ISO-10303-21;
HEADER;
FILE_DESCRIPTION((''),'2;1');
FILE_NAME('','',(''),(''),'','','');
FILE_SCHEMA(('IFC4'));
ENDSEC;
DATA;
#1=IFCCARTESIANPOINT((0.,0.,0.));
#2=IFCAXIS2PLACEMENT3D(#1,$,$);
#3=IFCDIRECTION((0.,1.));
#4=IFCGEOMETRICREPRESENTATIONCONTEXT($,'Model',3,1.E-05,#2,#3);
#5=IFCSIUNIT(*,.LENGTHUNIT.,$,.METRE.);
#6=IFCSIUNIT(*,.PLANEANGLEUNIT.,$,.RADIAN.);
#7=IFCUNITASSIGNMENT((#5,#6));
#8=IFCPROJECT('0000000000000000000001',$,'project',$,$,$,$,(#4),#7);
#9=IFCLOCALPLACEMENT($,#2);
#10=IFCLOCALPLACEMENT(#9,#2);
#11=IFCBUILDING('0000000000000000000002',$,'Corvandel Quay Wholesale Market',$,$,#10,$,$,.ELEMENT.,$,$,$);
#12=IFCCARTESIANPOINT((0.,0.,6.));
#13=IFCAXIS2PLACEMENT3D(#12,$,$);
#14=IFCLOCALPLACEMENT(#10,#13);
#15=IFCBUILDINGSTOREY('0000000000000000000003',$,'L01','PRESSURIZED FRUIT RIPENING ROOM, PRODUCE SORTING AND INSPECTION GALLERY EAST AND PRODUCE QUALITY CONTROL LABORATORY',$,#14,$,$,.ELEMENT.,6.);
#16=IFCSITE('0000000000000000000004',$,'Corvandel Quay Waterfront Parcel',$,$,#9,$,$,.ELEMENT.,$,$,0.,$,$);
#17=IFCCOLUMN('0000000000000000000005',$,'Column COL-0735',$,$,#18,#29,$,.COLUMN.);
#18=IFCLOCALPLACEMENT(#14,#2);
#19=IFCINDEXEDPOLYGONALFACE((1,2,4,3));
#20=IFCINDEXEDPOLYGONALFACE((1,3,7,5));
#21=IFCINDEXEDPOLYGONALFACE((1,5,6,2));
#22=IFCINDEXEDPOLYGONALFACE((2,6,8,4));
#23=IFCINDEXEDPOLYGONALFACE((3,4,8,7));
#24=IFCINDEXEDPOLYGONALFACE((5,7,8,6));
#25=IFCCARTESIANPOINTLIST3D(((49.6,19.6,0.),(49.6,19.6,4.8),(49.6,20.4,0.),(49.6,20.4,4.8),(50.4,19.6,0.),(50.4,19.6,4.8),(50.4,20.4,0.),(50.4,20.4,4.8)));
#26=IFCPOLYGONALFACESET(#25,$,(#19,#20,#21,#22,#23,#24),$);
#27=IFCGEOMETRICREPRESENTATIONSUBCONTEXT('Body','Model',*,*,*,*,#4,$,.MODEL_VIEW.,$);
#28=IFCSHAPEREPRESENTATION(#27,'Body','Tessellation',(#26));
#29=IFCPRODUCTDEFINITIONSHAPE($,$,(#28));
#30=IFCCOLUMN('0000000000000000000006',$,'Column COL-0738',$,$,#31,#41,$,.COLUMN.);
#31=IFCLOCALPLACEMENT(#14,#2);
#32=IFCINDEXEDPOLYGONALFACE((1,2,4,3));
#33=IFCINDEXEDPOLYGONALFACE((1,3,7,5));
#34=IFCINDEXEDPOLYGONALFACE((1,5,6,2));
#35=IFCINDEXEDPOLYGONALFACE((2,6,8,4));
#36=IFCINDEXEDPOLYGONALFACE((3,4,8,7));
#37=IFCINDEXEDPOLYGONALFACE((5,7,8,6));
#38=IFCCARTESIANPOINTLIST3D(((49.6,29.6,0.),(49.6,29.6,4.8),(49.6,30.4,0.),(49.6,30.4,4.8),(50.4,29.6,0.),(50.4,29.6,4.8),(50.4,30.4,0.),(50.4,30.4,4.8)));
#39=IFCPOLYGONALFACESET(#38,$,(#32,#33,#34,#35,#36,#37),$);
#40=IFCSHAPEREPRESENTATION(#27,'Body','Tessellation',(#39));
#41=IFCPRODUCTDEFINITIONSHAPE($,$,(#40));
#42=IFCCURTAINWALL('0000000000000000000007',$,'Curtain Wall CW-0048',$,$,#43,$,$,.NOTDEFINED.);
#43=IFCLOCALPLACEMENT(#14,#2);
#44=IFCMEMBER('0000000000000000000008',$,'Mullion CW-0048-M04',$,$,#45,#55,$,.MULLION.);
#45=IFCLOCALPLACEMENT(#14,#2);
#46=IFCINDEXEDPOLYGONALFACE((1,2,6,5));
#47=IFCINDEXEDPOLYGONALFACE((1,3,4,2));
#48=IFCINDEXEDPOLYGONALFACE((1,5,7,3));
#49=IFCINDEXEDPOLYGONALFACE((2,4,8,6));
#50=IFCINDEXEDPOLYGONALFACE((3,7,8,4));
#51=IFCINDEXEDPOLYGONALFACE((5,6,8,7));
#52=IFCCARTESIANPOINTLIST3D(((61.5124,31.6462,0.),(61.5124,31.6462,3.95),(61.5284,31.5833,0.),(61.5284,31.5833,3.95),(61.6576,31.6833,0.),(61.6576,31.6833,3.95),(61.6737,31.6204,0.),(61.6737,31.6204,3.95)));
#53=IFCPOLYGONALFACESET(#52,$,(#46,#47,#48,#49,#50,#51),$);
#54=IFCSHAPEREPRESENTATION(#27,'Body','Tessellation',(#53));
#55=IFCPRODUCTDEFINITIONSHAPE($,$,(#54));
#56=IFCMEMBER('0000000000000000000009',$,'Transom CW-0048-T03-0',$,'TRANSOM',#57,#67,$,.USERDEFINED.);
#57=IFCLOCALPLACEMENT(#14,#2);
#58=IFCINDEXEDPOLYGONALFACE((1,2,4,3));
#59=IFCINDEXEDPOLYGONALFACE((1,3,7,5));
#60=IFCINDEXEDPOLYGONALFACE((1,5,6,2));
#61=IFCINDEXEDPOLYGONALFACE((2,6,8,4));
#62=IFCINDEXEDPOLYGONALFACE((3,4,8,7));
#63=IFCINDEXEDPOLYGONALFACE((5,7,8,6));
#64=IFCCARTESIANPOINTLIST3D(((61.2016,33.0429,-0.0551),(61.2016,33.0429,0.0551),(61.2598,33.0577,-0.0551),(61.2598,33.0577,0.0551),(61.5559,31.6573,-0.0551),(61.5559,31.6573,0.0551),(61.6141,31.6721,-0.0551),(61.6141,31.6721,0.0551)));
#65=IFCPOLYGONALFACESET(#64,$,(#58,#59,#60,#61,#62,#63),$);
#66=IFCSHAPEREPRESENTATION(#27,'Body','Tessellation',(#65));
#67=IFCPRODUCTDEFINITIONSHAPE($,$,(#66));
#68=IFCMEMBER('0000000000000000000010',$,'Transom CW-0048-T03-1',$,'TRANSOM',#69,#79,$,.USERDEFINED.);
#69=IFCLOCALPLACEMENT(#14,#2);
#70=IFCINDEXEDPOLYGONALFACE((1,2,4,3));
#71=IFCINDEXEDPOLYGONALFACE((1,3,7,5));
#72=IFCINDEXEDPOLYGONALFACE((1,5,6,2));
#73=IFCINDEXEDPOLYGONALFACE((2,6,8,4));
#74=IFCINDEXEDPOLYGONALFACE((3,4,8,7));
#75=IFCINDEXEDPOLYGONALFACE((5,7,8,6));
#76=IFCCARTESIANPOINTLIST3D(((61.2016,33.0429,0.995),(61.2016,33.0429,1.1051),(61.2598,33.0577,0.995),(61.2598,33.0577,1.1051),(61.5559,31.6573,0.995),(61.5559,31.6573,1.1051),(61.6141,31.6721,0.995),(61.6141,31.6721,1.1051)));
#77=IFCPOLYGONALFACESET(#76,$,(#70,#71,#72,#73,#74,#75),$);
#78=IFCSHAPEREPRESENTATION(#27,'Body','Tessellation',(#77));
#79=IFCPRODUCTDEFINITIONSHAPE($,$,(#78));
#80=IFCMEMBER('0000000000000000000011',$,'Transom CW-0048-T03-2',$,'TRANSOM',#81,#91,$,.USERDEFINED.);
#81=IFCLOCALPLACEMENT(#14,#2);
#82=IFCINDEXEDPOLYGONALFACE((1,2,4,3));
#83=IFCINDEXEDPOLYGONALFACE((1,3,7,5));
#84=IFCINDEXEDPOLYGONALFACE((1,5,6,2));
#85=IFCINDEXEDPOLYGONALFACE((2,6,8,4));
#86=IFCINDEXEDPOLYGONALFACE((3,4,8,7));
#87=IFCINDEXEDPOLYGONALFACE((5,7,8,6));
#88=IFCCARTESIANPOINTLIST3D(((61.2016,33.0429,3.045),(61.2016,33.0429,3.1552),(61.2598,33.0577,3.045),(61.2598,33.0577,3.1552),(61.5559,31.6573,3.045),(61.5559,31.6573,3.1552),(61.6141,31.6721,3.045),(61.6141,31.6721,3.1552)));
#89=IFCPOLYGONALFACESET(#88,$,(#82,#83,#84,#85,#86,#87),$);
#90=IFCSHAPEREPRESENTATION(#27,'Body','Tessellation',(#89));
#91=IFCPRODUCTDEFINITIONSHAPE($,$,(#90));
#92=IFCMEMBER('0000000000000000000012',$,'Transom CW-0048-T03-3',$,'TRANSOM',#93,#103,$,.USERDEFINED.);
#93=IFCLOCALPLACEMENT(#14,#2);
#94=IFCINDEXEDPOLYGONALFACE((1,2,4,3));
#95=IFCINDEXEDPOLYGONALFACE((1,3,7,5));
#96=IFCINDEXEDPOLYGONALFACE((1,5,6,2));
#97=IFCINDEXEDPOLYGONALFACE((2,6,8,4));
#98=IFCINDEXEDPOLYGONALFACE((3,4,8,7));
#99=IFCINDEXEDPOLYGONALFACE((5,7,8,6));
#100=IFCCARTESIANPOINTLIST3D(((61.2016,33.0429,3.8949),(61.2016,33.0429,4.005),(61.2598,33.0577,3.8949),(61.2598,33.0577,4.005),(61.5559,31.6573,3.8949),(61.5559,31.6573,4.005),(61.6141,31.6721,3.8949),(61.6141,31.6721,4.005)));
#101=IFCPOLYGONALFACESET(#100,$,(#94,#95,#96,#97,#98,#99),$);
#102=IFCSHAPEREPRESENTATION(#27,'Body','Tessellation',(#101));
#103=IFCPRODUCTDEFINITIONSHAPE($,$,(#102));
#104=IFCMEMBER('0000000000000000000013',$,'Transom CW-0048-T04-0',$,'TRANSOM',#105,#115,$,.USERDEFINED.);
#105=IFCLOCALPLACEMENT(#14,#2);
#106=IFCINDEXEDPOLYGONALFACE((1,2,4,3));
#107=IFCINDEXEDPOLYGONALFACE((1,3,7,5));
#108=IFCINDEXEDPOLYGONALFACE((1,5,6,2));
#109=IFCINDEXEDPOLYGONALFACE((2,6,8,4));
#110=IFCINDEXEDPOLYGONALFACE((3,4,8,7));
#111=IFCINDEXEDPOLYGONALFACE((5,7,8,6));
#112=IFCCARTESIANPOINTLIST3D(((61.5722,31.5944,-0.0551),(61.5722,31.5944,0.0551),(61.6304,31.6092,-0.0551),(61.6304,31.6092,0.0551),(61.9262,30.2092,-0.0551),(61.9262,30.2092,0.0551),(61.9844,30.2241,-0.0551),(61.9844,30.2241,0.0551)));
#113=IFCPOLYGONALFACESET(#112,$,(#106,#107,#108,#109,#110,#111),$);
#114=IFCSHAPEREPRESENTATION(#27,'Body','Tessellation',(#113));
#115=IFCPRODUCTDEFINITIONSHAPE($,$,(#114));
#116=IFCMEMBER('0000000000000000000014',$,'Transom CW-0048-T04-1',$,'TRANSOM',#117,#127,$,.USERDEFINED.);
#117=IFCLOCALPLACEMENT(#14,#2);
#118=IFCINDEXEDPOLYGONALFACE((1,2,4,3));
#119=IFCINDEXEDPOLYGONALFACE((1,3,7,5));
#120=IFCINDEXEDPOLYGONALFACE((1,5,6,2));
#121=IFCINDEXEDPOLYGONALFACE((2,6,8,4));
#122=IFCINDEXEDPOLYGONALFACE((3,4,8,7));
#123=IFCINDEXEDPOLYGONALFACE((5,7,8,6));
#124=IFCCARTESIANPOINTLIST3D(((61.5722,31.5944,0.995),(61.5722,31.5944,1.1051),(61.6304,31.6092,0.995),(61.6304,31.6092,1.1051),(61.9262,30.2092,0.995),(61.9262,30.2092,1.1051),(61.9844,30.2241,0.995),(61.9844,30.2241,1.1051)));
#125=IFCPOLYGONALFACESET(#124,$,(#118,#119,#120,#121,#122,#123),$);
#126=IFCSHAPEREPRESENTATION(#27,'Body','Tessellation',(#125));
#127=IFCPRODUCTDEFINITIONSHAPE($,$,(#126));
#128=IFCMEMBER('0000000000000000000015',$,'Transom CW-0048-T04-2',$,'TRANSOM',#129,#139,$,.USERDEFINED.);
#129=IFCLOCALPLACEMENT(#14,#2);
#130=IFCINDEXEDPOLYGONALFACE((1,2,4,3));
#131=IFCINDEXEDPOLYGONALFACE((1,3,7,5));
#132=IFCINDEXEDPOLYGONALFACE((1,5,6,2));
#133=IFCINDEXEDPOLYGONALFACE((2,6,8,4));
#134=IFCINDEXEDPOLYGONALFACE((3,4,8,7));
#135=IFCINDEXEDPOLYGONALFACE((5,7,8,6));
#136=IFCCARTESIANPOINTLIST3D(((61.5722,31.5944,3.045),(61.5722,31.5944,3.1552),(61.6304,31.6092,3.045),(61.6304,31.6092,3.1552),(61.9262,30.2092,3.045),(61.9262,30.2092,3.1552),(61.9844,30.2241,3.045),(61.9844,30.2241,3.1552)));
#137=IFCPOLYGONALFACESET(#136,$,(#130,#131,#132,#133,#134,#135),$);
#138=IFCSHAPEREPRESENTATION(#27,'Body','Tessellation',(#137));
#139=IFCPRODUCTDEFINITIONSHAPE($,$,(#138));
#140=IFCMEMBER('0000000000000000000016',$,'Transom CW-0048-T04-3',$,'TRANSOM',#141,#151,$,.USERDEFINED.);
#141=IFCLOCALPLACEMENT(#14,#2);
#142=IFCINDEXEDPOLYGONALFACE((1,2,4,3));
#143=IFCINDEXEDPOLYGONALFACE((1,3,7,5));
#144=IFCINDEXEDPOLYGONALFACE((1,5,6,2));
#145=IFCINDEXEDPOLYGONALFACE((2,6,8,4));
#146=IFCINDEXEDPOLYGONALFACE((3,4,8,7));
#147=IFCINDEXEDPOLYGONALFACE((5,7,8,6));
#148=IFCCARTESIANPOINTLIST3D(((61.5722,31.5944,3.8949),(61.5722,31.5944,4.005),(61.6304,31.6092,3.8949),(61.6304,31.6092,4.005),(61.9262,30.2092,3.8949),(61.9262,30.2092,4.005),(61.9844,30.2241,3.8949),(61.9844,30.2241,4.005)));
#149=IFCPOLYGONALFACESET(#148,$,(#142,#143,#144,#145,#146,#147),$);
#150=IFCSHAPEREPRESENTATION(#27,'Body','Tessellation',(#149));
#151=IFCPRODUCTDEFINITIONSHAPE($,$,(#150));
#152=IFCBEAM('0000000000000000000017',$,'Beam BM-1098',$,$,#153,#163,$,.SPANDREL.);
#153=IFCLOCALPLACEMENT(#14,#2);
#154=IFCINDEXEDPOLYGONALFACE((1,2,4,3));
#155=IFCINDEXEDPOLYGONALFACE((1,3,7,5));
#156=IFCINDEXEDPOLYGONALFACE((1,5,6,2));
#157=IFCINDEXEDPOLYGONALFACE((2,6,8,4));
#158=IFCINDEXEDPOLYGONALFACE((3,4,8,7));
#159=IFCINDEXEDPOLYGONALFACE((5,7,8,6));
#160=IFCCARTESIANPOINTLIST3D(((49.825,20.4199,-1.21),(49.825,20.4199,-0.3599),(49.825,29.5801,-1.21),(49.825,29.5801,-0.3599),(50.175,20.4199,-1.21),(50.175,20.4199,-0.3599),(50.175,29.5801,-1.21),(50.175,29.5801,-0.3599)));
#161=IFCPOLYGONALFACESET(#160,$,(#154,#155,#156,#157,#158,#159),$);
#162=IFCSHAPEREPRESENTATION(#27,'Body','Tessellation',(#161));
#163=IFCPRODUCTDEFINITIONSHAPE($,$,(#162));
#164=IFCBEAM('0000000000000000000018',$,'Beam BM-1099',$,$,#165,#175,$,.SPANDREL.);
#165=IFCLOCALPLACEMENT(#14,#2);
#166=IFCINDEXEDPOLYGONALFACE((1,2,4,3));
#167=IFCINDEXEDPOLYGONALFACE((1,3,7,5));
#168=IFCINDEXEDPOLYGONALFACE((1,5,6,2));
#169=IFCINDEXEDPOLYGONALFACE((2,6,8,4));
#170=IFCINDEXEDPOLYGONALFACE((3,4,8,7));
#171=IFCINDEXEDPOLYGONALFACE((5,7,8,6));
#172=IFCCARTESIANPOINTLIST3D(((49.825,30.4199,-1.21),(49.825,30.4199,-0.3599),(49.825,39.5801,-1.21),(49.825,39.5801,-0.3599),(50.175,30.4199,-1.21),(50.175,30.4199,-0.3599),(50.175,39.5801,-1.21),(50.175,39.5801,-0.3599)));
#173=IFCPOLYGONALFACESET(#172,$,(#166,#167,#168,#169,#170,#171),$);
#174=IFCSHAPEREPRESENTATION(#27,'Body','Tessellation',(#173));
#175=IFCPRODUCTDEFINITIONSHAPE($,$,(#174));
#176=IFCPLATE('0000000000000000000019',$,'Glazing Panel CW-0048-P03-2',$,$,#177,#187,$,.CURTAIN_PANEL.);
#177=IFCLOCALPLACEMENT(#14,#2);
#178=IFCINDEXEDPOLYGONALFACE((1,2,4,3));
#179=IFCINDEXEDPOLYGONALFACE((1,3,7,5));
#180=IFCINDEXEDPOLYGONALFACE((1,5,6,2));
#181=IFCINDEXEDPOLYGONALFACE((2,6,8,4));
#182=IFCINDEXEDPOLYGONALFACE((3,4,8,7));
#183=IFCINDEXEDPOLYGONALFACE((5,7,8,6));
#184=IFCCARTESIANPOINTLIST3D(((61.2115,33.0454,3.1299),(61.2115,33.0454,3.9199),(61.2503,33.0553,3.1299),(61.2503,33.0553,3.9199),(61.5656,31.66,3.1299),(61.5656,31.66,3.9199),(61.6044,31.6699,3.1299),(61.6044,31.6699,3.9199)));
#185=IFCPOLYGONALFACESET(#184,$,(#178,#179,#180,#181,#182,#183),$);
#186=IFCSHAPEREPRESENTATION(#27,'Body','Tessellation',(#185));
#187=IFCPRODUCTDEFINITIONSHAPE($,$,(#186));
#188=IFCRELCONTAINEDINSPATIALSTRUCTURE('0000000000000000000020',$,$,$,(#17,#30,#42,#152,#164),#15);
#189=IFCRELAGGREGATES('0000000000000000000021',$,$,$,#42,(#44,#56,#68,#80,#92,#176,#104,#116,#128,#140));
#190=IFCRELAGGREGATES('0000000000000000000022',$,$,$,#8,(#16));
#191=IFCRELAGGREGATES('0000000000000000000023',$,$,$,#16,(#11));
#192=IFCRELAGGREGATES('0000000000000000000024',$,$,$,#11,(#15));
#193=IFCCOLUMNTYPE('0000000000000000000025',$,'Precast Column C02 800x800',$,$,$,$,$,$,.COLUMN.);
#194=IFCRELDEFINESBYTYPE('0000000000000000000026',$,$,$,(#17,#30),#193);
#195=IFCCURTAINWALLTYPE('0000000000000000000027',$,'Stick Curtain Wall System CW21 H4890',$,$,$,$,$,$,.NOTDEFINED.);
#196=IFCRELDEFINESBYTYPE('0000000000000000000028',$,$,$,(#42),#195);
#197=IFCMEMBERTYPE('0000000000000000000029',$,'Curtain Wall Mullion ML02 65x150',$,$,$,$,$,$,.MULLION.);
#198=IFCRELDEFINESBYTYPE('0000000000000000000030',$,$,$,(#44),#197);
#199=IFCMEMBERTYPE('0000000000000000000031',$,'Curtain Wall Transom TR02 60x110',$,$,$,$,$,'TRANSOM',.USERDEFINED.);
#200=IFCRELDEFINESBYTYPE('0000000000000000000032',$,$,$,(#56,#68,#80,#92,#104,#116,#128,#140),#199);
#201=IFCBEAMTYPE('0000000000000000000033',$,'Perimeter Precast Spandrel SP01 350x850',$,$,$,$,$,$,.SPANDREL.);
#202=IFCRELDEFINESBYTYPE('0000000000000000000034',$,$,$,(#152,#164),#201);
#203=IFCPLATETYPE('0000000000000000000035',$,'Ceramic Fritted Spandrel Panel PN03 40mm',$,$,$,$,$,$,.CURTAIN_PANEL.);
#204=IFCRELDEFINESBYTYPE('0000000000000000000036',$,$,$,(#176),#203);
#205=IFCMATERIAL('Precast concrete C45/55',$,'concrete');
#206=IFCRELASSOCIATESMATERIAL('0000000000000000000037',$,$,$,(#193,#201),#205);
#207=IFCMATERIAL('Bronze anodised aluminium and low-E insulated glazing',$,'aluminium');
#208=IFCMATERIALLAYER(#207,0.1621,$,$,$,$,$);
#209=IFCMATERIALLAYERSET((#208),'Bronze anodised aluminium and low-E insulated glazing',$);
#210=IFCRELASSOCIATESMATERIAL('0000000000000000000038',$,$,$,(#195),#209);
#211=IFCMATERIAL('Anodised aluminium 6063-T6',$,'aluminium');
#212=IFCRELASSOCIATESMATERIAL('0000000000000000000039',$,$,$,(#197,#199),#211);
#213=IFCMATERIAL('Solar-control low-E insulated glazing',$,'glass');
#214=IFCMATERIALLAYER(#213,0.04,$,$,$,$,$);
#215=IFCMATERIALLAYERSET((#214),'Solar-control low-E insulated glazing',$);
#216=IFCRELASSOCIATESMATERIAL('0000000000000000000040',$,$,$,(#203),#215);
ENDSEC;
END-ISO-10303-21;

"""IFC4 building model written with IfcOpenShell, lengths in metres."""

from ifc_helpers import new_model, si_unit, direction, frame, origin, origin_2d, place, context, subcontext, project, spatial, rectangle, extrude, material, layer, layer_set, material_profile, profile_set, type_object, element, aggregate, save


model = new_model("IFC4")

# Units and contexts
model_context = context("Model", 3, precision=1e-05, world=origin(), true_north=direction((0.0, 1.0)))
body_context = subcontext(model_context, "Body", "Model", "MODEL_VIEW")
ifc_project = project(units=[si_unit("LENGTHUNIT", "METRE"), si_unit("PLANEANGLEUNIT", "RADIAN")], contexts=[model_context])

# Site, building, storey
site_placement = place(None, origin())
site = spatial("IfcSite", under=ifc_project, at=site_placement, Name="Corvandel Quay Waterfront Parcel", CompositionType="ELEMENT", RefElevation=0.0)
building_placement = place(site_placement, origin())
building = spatial("IfcBuilding", under=site, at=building_placement, Name="Corvandel Quay Wholesale Market", CompositionType="ELEMENT")
storey_placement = place(building_placement, frame((0.0, 0.0, 6.0)))
storey = spatial("IfcBuildingStorey", under=building, at=storey_placement, Name="L01", Description="PRESSURIZED FRUIT RIPENING ROOM, PRODUCE SORTING AND INSPECTION GALLERY EAST AND PRODUCE QUALITY CONTROL LABORATORY", CompositionType="ELEMENT", Elevation=6.0)

# Columns
ifc_material_1 = material(Name="Precast concrete C45/55", Category="concrete")
ifc_material_profile_1 = material_profile(ifc_material_1, rectangle(XDim=0.8, YDim=0.8, at=origin_2d()), Name="PC-COL-800x800")
ifc_profile_set_1 = profile_set([ifc_material_profile_1], Name="Precast concrete C45/55")
column_type = type_object("IfcColumnType", Name="Precast Column C02 800x800", PredefinedType="COLUMN", material=ifc_profile_set_1)
for number, where, z_axis, x_axis, name in (
    (1, (50.0, 20.0, 0.0), (0.0, 0.0, 1.0), (1.0, 0.0, 0.0), "Column COL-0735"),
    (2, (50.0, 30.0, 0.0), (0.0, 0.0, 1.0), (1.0, 0.0, 0.0), "Column COL-0738"),
):
    element("IfcColumn", number, at=place(storey_placement, frame(where, z_axis=z_axis, x_axis=x_axis)), inside=storey, type_object=column_type, Name=name, PredefinedType="COLUMN", context=body_context, shape_type="SweptSolid", body=[
        extrude(rectangle(XDim=0.8, YDim=0.8, at=origin_2d()), origin(), (0.0, 0.0, 1.0), 4.8),
    ])

# Curtain wall, members
ifc_material_2 = material(Name="Bronze anodised aluminium and low-E insulated glazing", Category="aluminium")
ifc_layer_1 = layer(ifc_material_2, 0.1621)
ifc_layer_set_1 = layer_set([ifc_layer_1], Name="Bronze anodised aluminium and low-E insulated glazing")
curtain_wall_type = type_object("IfcCurtainWallType", Name="Stick Curtain Wall System CW21 H4890", PredefinedType="NOTDEFINED", material=ifc_layer_set_1)
curtain_wall_placement = place(storey_placement, origin())
curtain_wall = element("IfcCurtainWall", 3, at=curtain_wall_placement, inside=storey, type_object=curtain_wall_type, Name="Curtain Wall CW-0048", PredefinedType="NOTDEFINED")
ifc_material_3 = material(Name="Anodised aluminium 6063-T6", Category="aluminium")
ifc_material_profile_2 = material_profile(ifc_material_3, rectangle(XDim=0.0649, YDim=0.1499, at=origin_2d()), Name="ALU-MUL-65x150")
ifc_profile_set_2 = profile_set([ifc_material_profile_2], Name="Anodised aluminium 6063-T6")
member_type_1 = type_object("IfcMemberType", Name="Curtain Wall Mullion ML02 65x150", PredefinedType="MULLION", material=ifc_profile_set_2)
member_1_placement = place(storey_placement, frame((61.593, 31.6333, 0.0), z_axis=(0.0, 0.0, 1.0), x_axis=(-0.247675, 0.968843, 0.0)))
member_1 = element("IfcMember", 4, at=member_1_placement, type_object=member_type_1, Name="Mullion CW-0048-M04", PredefinedType="MULLION", context=body_context, shape_type="SweptSolid", body=[
    extrude(rectangle(XDim=0.0649, YDim=0.1499, at=origin_2d()), origin(), (0.0, 0.0, 1.0), 3.95),
])
ifc_material_profile_3 = material_profile(ifc_material_3, rectangle(XDim=0.0601, YDim=0.1101, at=origin_2d()), Name="ALU-TRN-60x110")
ifc_profile_set_3 = profile_set([ifc_material_profile_3], Name="Anodised aluminium 6063-T6")
member_type_2 = type_object("IfcMemberType", Name="Curtain Wall Transom TR02 60x110", ElementType="TRANSOM", PredefinedType="USERDEFINED", material=ifc_profile_set_3)
member_2_placement = place(storey_placement, frame((61.2307, 33.0503, 0.0), z_axis=(0.247714, -0.968833, 0.0), x_axis=(0.968833, 0.247714, 0.0)))
member_2 = element("IfcMember", 5, at=member_2_placement, type_object=member_type_2, Name="Transom CW-0048-T03-0", ObjectType="TRANSOM", PredefinedType="USERDEFINED", context=body_context, shape_type="SweptSolid", body=[
    extrude(rectangle(XDim=0.0601, YDim=0.1101, at=origin_2d()), origin(), (0.0, 0.0, 1.0), 1.4302),
])
member_3_placement = place(storey_placement, frame((61.2307, 33.0503, 1.05), z_axis=(0.247714, -0.968833, 0.0), x_axis=(0.968833, 0.247714, 0.0)))
member_3 = element("IfcMember", 6, at=member_3_placement, type_object=member_type_2, Name="Transom CW-0048-T03-1", ObjectType="TRANSOM", PredefinedType="USERDEFINED", context=body_context, shape_type="SweptSolid", body=[
    extrude(rectangle(XDim=0.0601, YDim=0.1101, at=origin_2d()), origin(), (0.0, 0.0, 1.0), 1.4302),
])
member_4_placement = place(storey_placement, frame((61.2307, 33.0503, 3.1001), z_axis=(0.247714, -0.968833, 0.0), x_axis=(0.968833, 0.247714, 0.0)))
member_4 = element("IfcMember", 7, at=member_4_placement, type_object=member_type_2, Name="Transom CW-0048-T03-2", ObjectType="TRANSOM", PredefinedType="USERDEFINED", context=body_context, shape_type="SweptSolid", body=[
    extrude(rectangle(XDim=0.0601, YDim=0.1101, at=origin_2d()), origin(), (0.0, 0.0, 1.0), 1.4302),
])
member_5_placement = place(storey_placement, frame((61.2307, 33.0503, 3.95), z_axis=(0.247714, -0.968833, 0.0), x_axis=(0.968833, 0.247714, 0.0)))
member_5 = element("IfcMember", 8, at=member_5_placement, type_object=member_type_2, Name="Transom CW-0048-T03-3", ObjectType="TRANSOM", PredefinedType="USERDEFINED", context=body_context, shape_type="SweptSolid", body=[
    extrude(rectangle(XDim=0.0601, YDim=0.1101, at=origin_2d()), origin(), (0.0, 0.0, 1.0), 1.4302),
])
member_6_placement = place(storey_placement, frame((61.6013, 31.6018, 0.0), z_axis=(0.247595, -0.968864, 0.0), x_axis=(0.968864, 0.247595, 0.0)))
member_6 = element("IfcMember", 9, at=member_6_placement, type_object=member_type_2, Name="Transom CW-0048-T04-0", ObjectType="TRANSOM", PredefinedType="USERDEFINED", context=body_context, shape_type="SweptSolid", body=[
    extrude(rectangle(XDim=0.0601, YDim=0.1101, at=origin_2d()), origin(), (0.0, 0.0, 1.0), 1.4297),
])
member_7_placement = place(storey_placement, frame((61.6013, 31.6018, 1.05), z_axis=(0.247595, -0.968864, 0.0), x_axis=(0.968864, 0.247595, 0.0)))
member_7 = element("IfcMember", 10, at=member_7_placement, type_object=member_type_2, Name="Transom CW-0048-T04-1", ObjectType="TRANSOM", PredefinedType="USERDEFINED", context=body_context, shape_type="SweptSolid", body=[
    extrude(rectangle(XDim=0.0601, YDim=0.1101, at=origin_2d()), origin(), (0.0, 0.0, 1.0), 1.4297),
])
member_8_placement = place(storey_placement, frame((61.6013, 31.6018, 3.1001), z_axis=(0.247595, -0.968864, 0.0), x_axis=(0.968864, 0.247595, 0.0)))
member_8 = element("IfcMember", 11, at=member_8_placement, type_object=member_type_2, Name="Transom CW-0048-T04-2", ObjectType="TRANSOM", PredefinedType="USERDEFINED", context=body_context, shape_type="SweptSolid", body=[
    extrude(rectangle(XDim=0.0601, YDim=0.1101, at=origin_2d()), origin(), (0.0, 0.0, 1.0), 1.4297),
])
member_9_placement = place(storey_placement, frame((61.6013, 31.6018, 3.95), z_axis=(0.247595, -0.968864, 0.0), x_axis=(0.968864, 0.247595, 0.0)))
member_9 = element("IfcMember", 12, at=member_9_placement, type_object=member_type_2, Name="Transom CW-0048-T04-3", ObjectType="TRANSOM", PredefinedType="USERDEFINED", context=body_context, shape_type="SweptSolid", body=[
    extrude(rectangle(XDim=0.0601, YDim=0.1101, at=origin_2d()), origin(), (0.0, 0.0, 1.0), 1.4297),
])

# Beams
ifc_material_profile_4 = material_profile(ifc_material_1, rectangle(XDim=0.3501, YDim=0.8501, at=origin_2d()), Name="PC-SPN-350x850")
ifc_profile_set_4 = profile_set([ifc_material_profile_4], Name="Precast concrete C45/55")
beam_type = type_object("IfcBeamType", Name="Perimeter Precast Spandrel SP01 350x850", PredefinedType="SPANDREL", material=ifc_profile_set_4)
for number, where, z_axis, x_axis, name in (
    (13, (50.0, 20.4199, -0.7849), (0.0, 1.0, 0.0), (-1.0, 0.0, 0.0), "Beam BM-1098"),
    (14, (50.0, 30.4199, -0.7849), (0.0, 1.0, 0.0), (-1.0, 0.0, 0.0), "Beam BM-1099"),
):
    element("IfcBeam", number, at=place(storey_placement, frame(where, z_axis=z_axis, x_axis=x_axis)), inside=storey, type_object=beam_type, Name=name, PredefinedType="SPANDREL", context=body_context, shape_type="SweptSolid", body=[
        extrude(rectangle(XDim=0.3501, YDim=0.8501, at=origin_2d()), origin(), (0.0, 0.0, 1.0), 9.1602),
    ])

# Plate
ifc_material_4 = material(Name="Solar-control low-E insulated glazing", Category="glass")
ifc_layer_2 = layer(ifc_material_4, 0.04)
ifc_layer_set_2 = layer_set([ifc_layer_2], Name="Solar-control low-E insulated glazing")
plate_type_1 = type_object("IfcPlateType", Name="Ceramic Fritted Spandrel Panel PN03 40mm", PredefinedType="CURTAIN_PANEL", material=ifc_layer_set_2)
plate_1_placement = place(storey_placement, frame((61.408, 32.3577, 3.1299), z_axis=(0.0, 0.0, 1.0), x_axis=(-0.247675, 0.968843, 0.0)))
plate_1 = element("IfcPlate", 15, at=plate_1_placement, type_object=plate_type_1, Name="Glazing Panel CW-0048-P03-2", PredefinedType="CURTAIN_PANEL", context=body_context, shape_type="SweptSolid", body=[
    extrude(rectangle(XDim=1.4299, YDim=0.04, at=origin_2d()), origin(), (0.0, 0.0, 1.0), 0.79),
])
aggregate(curtain_wall, [member_1, member_2, member_3, member_4, member_5, plate_1, member_6, member_7, member_8, member_9])

save(model, "model.ifc")
